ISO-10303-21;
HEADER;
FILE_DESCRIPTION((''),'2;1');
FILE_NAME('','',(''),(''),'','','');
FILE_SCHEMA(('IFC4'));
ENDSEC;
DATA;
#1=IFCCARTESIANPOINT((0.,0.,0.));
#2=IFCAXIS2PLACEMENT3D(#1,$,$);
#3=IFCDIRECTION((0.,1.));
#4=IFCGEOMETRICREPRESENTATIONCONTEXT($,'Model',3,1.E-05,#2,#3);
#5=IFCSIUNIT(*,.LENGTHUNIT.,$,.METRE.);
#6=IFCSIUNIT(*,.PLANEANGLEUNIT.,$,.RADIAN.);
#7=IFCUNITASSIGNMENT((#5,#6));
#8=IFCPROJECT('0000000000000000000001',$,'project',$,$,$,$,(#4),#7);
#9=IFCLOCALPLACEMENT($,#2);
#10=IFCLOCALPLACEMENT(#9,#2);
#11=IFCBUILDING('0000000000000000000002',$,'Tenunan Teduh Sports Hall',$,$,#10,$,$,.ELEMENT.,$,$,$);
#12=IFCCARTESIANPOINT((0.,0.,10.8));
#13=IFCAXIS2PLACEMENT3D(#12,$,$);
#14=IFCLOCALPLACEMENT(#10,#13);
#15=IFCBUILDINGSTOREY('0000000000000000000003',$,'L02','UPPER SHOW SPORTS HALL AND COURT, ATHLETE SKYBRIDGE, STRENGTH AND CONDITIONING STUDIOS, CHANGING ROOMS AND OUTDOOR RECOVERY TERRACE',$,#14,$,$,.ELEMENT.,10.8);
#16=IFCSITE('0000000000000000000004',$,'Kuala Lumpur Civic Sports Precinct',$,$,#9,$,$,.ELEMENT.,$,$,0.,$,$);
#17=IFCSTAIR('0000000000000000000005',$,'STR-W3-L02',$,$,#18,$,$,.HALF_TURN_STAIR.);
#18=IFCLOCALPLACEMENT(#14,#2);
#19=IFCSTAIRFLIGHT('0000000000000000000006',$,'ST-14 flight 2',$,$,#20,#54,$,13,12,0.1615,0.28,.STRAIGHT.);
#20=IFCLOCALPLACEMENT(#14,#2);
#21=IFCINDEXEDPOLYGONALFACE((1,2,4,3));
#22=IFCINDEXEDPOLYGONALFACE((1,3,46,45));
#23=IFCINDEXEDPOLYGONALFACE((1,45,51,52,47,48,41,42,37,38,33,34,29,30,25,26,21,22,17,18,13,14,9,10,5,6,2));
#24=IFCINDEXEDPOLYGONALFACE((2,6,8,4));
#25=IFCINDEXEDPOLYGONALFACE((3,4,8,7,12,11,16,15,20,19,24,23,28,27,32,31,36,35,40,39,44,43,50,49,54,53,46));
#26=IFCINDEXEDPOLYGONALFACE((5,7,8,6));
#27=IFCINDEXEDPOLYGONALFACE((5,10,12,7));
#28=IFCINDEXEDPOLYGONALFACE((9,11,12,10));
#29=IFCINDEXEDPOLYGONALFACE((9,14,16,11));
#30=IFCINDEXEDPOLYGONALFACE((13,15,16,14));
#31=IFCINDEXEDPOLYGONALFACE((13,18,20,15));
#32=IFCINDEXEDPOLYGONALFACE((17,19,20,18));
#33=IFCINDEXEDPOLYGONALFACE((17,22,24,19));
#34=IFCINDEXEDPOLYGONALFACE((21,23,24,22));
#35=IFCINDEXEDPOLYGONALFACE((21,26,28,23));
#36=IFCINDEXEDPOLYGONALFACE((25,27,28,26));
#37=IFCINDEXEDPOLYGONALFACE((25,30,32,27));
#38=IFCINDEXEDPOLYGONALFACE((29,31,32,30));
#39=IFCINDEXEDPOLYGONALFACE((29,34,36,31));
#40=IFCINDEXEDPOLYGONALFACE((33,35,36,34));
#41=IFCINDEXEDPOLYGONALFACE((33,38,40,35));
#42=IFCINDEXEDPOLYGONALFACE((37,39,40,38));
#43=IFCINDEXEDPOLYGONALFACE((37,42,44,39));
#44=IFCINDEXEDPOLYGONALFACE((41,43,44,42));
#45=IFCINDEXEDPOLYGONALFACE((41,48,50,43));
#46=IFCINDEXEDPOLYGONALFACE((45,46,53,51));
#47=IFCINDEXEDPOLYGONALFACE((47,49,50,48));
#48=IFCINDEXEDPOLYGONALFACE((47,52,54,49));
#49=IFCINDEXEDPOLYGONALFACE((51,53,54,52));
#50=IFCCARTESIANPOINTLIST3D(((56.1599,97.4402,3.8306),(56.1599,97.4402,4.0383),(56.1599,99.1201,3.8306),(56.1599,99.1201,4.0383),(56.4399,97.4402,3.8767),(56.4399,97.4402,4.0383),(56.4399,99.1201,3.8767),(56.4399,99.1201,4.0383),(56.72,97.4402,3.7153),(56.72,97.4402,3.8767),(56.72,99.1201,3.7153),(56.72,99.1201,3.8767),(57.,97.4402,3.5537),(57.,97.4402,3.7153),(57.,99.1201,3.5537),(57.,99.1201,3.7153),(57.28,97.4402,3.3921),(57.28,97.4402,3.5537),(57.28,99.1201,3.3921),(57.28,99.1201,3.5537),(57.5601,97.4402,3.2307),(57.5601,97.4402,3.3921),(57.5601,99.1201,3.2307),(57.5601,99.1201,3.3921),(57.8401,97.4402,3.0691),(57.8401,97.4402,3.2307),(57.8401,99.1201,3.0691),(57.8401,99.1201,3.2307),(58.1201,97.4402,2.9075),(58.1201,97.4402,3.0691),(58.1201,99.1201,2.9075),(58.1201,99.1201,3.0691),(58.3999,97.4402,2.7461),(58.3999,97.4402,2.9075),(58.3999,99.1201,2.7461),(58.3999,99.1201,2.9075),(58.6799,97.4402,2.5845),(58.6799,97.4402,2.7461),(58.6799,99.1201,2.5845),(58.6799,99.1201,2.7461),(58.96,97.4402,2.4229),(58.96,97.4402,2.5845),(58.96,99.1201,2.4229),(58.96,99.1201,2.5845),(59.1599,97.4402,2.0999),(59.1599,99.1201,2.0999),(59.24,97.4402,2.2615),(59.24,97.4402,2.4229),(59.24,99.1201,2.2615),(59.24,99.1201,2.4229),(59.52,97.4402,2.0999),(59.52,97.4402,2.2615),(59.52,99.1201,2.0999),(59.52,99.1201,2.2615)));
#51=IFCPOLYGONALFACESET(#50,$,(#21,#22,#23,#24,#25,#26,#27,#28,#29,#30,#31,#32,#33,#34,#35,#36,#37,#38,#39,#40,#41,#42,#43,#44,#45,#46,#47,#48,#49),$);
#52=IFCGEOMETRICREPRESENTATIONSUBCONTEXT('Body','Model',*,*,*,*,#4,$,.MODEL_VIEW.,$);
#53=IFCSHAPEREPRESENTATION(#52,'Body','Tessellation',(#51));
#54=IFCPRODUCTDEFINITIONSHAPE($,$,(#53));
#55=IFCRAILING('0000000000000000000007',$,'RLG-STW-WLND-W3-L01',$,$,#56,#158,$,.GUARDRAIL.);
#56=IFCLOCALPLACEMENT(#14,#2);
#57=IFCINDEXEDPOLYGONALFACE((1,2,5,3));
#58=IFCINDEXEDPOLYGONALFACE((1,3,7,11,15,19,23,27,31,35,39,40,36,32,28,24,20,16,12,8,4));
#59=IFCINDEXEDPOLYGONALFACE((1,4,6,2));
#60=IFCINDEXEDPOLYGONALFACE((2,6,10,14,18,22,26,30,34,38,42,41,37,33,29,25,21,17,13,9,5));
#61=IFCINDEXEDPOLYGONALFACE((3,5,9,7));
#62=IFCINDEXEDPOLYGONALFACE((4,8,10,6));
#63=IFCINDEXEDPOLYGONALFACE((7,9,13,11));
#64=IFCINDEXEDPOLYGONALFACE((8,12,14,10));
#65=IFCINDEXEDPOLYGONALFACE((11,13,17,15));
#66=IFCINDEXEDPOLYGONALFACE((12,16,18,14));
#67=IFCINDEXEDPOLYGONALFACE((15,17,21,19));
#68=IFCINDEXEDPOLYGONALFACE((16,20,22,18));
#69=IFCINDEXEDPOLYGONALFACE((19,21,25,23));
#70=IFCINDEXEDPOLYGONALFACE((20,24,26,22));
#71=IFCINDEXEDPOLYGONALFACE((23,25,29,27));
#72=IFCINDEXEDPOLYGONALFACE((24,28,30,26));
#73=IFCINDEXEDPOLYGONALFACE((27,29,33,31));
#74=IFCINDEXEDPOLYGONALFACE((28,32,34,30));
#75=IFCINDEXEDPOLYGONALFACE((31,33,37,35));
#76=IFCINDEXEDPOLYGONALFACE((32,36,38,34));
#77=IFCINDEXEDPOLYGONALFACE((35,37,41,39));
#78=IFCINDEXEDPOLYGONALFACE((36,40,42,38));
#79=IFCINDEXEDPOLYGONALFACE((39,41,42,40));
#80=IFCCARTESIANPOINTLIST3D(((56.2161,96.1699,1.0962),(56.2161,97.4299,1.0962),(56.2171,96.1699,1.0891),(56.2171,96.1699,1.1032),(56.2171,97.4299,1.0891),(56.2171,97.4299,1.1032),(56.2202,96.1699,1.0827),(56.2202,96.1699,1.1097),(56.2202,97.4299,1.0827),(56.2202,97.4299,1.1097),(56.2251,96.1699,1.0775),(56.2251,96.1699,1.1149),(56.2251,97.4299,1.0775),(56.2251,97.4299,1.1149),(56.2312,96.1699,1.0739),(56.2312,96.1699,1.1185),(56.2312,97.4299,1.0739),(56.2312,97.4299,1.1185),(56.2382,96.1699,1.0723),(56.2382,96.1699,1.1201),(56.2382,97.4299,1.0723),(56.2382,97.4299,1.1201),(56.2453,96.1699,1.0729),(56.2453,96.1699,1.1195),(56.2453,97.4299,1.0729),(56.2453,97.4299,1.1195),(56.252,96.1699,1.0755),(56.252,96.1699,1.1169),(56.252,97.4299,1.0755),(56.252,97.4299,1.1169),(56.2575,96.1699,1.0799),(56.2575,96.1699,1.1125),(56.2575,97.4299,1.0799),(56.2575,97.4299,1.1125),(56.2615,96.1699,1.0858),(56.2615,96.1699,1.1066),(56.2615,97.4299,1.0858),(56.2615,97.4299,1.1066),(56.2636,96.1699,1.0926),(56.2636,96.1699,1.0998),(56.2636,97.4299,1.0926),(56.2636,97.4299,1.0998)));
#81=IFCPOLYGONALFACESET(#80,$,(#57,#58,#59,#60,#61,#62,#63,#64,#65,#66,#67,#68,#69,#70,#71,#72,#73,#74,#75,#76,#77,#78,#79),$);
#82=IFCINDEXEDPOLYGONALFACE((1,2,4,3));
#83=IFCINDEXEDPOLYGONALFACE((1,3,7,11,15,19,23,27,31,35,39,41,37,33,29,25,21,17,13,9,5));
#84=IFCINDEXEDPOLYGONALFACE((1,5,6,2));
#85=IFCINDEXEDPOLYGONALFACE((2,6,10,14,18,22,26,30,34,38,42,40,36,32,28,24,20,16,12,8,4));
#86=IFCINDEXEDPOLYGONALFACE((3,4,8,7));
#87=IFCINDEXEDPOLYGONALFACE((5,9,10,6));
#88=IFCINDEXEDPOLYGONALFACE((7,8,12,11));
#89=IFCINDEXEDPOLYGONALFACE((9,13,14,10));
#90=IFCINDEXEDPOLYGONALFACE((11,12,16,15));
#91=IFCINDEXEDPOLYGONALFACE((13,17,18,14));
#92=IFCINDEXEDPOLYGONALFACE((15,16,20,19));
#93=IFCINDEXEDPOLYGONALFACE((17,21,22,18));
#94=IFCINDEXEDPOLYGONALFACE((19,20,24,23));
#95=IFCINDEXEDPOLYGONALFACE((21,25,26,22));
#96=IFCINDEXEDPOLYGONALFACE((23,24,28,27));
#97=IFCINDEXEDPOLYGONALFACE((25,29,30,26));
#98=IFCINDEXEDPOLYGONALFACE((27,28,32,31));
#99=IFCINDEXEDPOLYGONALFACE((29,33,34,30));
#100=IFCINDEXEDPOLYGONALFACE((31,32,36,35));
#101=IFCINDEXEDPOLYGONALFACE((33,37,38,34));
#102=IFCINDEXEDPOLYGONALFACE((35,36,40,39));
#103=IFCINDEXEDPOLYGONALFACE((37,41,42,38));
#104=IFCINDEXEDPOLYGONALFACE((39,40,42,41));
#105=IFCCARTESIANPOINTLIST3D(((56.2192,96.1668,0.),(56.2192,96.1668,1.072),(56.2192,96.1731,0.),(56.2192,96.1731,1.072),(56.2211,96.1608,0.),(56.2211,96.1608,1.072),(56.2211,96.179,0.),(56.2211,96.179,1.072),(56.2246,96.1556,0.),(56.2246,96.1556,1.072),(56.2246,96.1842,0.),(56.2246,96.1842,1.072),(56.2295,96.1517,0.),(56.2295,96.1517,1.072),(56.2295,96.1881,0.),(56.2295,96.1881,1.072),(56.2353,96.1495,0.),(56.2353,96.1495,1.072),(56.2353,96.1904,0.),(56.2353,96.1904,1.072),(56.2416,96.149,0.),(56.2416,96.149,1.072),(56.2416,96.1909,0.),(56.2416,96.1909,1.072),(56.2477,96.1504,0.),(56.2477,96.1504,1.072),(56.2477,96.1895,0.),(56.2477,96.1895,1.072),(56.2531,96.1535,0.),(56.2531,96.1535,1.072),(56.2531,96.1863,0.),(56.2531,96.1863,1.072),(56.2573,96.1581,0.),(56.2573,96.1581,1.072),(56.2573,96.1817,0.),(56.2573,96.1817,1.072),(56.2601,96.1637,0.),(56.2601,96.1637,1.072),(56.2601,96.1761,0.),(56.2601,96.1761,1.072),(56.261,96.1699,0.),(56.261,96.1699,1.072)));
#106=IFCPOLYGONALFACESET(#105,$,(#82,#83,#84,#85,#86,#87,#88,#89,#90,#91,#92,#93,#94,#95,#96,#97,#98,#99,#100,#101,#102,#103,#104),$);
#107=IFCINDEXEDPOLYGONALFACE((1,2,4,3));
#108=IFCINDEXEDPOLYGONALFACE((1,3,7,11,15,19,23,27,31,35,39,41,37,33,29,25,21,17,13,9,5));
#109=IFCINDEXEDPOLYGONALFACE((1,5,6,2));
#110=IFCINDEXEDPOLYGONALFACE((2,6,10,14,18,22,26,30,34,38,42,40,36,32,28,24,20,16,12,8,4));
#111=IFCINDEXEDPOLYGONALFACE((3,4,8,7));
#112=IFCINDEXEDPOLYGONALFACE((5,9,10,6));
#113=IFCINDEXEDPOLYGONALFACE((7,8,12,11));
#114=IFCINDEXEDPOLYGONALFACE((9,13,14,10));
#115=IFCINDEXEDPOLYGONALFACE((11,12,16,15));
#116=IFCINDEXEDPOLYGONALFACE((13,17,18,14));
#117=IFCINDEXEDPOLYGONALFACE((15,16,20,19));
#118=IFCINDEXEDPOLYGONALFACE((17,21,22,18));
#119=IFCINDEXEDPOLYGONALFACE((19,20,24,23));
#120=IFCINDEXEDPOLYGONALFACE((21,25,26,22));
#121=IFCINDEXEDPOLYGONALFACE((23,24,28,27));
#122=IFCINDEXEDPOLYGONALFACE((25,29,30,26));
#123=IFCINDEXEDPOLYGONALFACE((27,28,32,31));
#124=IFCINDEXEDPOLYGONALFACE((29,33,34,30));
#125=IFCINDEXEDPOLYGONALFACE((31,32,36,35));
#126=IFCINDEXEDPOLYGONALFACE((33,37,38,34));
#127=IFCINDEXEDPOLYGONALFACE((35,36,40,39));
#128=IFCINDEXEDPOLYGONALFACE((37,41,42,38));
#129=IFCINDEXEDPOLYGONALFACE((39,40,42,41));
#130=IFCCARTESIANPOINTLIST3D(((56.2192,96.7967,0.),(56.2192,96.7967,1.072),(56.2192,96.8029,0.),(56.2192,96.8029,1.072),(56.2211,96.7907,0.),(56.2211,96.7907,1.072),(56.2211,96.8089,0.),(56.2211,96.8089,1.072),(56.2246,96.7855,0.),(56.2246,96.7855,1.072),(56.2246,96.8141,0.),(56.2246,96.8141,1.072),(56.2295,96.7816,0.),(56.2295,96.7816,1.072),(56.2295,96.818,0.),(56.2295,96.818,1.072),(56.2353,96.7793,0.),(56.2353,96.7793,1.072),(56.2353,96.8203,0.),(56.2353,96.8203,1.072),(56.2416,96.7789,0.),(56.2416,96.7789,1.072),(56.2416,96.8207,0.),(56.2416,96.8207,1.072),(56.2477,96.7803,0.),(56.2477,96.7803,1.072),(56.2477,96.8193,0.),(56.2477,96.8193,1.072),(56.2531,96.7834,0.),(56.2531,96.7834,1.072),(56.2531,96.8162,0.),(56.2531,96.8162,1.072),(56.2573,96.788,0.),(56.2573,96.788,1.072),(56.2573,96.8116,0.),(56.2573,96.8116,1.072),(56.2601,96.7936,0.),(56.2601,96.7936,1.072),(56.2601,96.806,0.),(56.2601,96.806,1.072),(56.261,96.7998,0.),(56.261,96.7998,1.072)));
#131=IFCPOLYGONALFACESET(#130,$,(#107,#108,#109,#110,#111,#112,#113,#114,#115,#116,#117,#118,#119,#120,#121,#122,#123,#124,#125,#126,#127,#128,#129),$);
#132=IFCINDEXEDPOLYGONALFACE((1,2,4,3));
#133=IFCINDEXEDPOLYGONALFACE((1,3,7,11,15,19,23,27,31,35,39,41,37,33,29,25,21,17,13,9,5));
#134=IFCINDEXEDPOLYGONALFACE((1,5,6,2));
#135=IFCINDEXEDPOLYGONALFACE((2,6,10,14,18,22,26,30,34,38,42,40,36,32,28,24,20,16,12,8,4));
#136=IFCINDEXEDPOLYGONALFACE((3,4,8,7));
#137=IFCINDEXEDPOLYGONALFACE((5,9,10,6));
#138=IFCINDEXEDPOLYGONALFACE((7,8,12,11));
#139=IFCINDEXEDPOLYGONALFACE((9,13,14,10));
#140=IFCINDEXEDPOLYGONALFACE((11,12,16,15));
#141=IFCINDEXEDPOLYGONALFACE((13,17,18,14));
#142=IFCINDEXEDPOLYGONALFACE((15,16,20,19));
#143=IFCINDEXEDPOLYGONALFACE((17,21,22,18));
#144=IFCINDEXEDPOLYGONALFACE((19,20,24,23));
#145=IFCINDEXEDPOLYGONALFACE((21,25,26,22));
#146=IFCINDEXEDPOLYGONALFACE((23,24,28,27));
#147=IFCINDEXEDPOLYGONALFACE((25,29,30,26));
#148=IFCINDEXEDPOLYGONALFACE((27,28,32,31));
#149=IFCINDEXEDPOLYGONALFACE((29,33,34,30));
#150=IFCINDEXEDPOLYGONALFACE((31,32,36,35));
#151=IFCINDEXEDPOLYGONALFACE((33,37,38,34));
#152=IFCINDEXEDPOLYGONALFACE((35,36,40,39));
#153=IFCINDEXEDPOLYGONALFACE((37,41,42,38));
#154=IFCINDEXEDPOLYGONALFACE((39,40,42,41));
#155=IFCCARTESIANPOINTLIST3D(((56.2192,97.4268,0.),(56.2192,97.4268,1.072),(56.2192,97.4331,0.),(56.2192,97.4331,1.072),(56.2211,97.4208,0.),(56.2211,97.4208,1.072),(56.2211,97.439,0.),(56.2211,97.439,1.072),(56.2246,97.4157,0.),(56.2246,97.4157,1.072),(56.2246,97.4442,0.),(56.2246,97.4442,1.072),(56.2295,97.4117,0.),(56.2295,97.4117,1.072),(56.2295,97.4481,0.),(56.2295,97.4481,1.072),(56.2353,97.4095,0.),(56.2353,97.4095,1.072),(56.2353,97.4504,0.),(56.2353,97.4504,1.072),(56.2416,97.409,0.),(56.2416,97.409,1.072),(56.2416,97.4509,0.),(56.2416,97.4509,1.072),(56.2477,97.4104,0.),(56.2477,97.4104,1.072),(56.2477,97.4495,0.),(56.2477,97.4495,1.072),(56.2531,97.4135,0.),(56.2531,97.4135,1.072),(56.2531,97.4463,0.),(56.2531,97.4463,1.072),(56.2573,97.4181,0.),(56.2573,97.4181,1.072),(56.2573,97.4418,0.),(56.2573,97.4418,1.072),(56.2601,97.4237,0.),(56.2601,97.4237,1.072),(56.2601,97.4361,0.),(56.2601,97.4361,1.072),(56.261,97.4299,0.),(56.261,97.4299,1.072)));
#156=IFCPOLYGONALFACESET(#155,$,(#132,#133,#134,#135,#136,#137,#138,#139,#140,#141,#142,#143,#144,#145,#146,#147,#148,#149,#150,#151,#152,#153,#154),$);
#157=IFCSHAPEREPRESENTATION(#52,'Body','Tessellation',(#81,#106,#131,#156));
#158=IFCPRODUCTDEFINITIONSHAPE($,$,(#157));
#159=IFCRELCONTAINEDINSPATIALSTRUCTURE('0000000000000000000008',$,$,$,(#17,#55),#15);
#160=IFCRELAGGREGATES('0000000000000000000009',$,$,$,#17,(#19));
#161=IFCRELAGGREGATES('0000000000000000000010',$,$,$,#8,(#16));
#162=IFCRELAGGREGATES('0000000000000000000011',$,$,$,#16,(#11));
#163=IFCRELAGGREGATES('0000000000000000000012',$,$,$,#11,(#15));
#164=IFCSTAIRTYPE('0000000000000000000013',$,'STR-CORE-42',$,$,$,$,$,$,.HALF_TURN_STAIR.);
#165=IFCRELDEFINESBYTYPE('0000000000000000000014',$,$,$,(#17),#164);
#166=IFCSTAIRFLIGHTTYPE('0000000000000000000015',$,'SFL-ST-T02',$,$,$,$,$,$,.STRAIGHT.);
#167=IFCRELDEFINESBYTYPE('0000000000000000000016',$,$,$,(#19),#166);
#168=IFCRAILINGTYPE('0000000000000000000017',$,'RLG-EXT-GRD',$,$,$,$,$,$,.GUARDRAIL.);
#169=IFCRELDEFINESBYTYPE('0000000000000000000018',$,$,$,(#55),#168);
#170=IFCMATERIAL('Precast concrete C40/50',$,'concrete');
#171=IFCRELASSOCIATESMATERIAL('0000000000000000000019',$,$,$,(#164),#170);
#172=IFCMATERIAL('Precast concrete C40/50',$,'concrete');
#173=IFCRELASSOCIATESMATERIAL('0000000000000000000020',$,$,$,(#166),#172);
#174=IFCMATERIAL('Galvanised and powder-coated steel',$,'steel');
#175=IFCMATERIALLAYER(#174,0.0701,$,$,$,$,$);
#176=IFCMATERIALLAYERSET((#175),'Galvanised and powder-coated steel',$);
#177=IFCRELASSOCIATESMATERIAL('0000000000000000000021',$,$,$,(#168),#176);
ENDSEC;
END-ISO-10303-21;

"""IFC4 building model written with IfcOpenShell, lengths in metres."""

from ifc_helpers import new_model, si_unit, direction, frame, origin, origin_2d, place, context, subcontext, project, spatial, polyline, circle, outline, extrude, material, layer, layer_set, type_object, element, aggregate, save


model = new_model("IFC4")

# Units and contexts
model_context = context("Model", 3, precision=1e-05, world=origin(), true_north=direction((0.0, 1.0)))
body_context = subcontext(model_context, "Body", "Model", "MODEL_VIEW")
ifc_project = project(units=[si_unit("LENGTHUNIT", "METRE"), si_unit("PLANEANGLEUNIT", "RADIAN")], contexts=[model_context])

# Site, building, storey
site_placement = place(None, origin())
site = spatial("IfcSite", under=ifc_project, at=site_placement, Name="Kuala Lumpur Civic Sports Precinct", CompositionType="ELEMENT", RefElevation=0.0)
building_placement = place(site_placement, origin())
building = spatial("IfcBuilding", under=site, at=building_placement, Name="Tenunan Teduh Sports Hall", CompositionType="ELEMENT")
storey_placement = place(building_placement, frame((0.0, 0.0, 10.8)))
storey = spatial("IfcBuildingStorey", under=building, at=storey_placement, Name="L02", Description="UPPER SHOW SPORTS HALL AND COURT, ATHLETE SKYBRIDGE, STRENGTH AND CONDITIONING STUDIOS, CHANGING ROOMS AND OUTDOOR RECOVERY TERRACE", CompositionType="ELEMENT", Elevation=10.8)

# Stair, stair flight
ifc_material_1 = material(Name="Precast concrete C40/50", Category="concrete")
stair_type = type_object("IfcStairType", Name="STR-CORE-42", PredefinedType="HALF_TURN_STAIR", material=ifc_material_1)
stair_placement = place(storey_placement, origin())
stair = element("IfcStair", 1, at=stair_placement, inside=storey, type_object=stair_type, Name="STR-W3-L02", PredefinedType="HALF_TURN_STAIR")
ifc_material_2 = material(Name="Precast concrete C40/50", Category="concrete")
stair_flight_type = type_object("IfcStairFlightType", Name="SFL-ST-T02", PredefinedType="STRAIGHT", material=ifc_material_2)
stair_flight_1_placement = place(storey_placement, frame((59.52, 98.28, 2.0999), z_axis=(0.0, 0.0, 1.0), x_axis=(-1.0, 0.0, 0.0)))
stair_flight_1 = element("IfcStairFlight", 2, at=stair_flight_1_placement, type_object=stair_flight_type, Name="ST-14 flight 2", NumberOfRisers=13, NumberOfTreads=12, PredefinedType="STRAIGHT", RiserHeight=0.1615, TreadLength=0.28, context=body_context, shape_type="SweptSolid", body=[
    extrude(outline(polyline([(0.0, 0.0), (0.0, 0.1616), (0.28, 0.1616), (0.28, 0.323), (0.5601, 0.323), (0.5601, 0.4846), (0.8401, 0.4846), (0.8401, 0.6462), (1.1201, 0.6462), (1.1201, 0.8076), (1.3999, 0.8076), (1.3999, 0.9692), (1.6799, 0.9692), (1.6799, 1.1309), (1.96, 1.1309), (1.96, 1.2922), (2.24, 1.2922), (2.24, 1.4539), (2.52, 1.4539), (2.52, 1.6155), (2.8, 1.6155), (2.8, 1.7769), (3.0801, 1.7769), (3.0801, 1.9385), (3.3601, 1.9385), (3.3601, 2.1001), (3.3601, 1.7307), (0.3601, 0.0), (0.0, 0.0)])), frame((0.0, 0.8398, 0.0), z_axis=(0.0, -1.0, 0.0), x_axis=(1.0, 0.0, 0.0)), (0.0, 0.0, 1.0), 1.6799),
])

# Railing
ifc_material_3 = material(Name="Galvanised and powder-coated steel", Category="steel")
ifc_layer_1 = layer(ifc_material_3, 0.0701)
ifc_layer_set_1 = layer_set([ifc_layer_1], Name="Galvanised and powder-coated steel")
railing_type_1 = type_object("IfcRailingType", Name="RLG-EXT-GRD", PredefinedType="GUARDRAIL", material=ifc_layer_set_1)
railing_1_placement = place(storey_placement, frame((56.24, 96.1699, 0.0)))
element("IfcRailing", 3, at=railing_1_placement, inside=storey, type_object=railing_type_1, Name="RLG-STW-WLND-W3-L01", PredefinedType="GUARDRAIL", context=body_context, shape_type="SweptSolid", body=[
    extrude(circle(Radius=0.0239, at=origin_2d()), frame((0.0, 0.0, 1.0962), z_axis=(0.0, 1.0, 0.0), x_axis=(-1.0, 0.0, 0.0)), (0.0, 0.0, 1.0), 1.26),
    extrude(circle(Radius=0.021, at=origin_2d()), origin(), (0.0, 0.0, 1.0), 1.072),
    extrude(circle(Radius=0.021, at=origin_2d()), frame((0.0, 0.6299, 0.0)), (0.0, 0.0, 1.0), 1.072),
    extrude(circle(Radius=0.021, at=origin_2d()), frame((0.0, 1.26, 0.0)), (0.0, 0.0, 1.0), 1.072),
])

aggregate(stair, [stair_flight_1])

save(model, "model.ifc")
